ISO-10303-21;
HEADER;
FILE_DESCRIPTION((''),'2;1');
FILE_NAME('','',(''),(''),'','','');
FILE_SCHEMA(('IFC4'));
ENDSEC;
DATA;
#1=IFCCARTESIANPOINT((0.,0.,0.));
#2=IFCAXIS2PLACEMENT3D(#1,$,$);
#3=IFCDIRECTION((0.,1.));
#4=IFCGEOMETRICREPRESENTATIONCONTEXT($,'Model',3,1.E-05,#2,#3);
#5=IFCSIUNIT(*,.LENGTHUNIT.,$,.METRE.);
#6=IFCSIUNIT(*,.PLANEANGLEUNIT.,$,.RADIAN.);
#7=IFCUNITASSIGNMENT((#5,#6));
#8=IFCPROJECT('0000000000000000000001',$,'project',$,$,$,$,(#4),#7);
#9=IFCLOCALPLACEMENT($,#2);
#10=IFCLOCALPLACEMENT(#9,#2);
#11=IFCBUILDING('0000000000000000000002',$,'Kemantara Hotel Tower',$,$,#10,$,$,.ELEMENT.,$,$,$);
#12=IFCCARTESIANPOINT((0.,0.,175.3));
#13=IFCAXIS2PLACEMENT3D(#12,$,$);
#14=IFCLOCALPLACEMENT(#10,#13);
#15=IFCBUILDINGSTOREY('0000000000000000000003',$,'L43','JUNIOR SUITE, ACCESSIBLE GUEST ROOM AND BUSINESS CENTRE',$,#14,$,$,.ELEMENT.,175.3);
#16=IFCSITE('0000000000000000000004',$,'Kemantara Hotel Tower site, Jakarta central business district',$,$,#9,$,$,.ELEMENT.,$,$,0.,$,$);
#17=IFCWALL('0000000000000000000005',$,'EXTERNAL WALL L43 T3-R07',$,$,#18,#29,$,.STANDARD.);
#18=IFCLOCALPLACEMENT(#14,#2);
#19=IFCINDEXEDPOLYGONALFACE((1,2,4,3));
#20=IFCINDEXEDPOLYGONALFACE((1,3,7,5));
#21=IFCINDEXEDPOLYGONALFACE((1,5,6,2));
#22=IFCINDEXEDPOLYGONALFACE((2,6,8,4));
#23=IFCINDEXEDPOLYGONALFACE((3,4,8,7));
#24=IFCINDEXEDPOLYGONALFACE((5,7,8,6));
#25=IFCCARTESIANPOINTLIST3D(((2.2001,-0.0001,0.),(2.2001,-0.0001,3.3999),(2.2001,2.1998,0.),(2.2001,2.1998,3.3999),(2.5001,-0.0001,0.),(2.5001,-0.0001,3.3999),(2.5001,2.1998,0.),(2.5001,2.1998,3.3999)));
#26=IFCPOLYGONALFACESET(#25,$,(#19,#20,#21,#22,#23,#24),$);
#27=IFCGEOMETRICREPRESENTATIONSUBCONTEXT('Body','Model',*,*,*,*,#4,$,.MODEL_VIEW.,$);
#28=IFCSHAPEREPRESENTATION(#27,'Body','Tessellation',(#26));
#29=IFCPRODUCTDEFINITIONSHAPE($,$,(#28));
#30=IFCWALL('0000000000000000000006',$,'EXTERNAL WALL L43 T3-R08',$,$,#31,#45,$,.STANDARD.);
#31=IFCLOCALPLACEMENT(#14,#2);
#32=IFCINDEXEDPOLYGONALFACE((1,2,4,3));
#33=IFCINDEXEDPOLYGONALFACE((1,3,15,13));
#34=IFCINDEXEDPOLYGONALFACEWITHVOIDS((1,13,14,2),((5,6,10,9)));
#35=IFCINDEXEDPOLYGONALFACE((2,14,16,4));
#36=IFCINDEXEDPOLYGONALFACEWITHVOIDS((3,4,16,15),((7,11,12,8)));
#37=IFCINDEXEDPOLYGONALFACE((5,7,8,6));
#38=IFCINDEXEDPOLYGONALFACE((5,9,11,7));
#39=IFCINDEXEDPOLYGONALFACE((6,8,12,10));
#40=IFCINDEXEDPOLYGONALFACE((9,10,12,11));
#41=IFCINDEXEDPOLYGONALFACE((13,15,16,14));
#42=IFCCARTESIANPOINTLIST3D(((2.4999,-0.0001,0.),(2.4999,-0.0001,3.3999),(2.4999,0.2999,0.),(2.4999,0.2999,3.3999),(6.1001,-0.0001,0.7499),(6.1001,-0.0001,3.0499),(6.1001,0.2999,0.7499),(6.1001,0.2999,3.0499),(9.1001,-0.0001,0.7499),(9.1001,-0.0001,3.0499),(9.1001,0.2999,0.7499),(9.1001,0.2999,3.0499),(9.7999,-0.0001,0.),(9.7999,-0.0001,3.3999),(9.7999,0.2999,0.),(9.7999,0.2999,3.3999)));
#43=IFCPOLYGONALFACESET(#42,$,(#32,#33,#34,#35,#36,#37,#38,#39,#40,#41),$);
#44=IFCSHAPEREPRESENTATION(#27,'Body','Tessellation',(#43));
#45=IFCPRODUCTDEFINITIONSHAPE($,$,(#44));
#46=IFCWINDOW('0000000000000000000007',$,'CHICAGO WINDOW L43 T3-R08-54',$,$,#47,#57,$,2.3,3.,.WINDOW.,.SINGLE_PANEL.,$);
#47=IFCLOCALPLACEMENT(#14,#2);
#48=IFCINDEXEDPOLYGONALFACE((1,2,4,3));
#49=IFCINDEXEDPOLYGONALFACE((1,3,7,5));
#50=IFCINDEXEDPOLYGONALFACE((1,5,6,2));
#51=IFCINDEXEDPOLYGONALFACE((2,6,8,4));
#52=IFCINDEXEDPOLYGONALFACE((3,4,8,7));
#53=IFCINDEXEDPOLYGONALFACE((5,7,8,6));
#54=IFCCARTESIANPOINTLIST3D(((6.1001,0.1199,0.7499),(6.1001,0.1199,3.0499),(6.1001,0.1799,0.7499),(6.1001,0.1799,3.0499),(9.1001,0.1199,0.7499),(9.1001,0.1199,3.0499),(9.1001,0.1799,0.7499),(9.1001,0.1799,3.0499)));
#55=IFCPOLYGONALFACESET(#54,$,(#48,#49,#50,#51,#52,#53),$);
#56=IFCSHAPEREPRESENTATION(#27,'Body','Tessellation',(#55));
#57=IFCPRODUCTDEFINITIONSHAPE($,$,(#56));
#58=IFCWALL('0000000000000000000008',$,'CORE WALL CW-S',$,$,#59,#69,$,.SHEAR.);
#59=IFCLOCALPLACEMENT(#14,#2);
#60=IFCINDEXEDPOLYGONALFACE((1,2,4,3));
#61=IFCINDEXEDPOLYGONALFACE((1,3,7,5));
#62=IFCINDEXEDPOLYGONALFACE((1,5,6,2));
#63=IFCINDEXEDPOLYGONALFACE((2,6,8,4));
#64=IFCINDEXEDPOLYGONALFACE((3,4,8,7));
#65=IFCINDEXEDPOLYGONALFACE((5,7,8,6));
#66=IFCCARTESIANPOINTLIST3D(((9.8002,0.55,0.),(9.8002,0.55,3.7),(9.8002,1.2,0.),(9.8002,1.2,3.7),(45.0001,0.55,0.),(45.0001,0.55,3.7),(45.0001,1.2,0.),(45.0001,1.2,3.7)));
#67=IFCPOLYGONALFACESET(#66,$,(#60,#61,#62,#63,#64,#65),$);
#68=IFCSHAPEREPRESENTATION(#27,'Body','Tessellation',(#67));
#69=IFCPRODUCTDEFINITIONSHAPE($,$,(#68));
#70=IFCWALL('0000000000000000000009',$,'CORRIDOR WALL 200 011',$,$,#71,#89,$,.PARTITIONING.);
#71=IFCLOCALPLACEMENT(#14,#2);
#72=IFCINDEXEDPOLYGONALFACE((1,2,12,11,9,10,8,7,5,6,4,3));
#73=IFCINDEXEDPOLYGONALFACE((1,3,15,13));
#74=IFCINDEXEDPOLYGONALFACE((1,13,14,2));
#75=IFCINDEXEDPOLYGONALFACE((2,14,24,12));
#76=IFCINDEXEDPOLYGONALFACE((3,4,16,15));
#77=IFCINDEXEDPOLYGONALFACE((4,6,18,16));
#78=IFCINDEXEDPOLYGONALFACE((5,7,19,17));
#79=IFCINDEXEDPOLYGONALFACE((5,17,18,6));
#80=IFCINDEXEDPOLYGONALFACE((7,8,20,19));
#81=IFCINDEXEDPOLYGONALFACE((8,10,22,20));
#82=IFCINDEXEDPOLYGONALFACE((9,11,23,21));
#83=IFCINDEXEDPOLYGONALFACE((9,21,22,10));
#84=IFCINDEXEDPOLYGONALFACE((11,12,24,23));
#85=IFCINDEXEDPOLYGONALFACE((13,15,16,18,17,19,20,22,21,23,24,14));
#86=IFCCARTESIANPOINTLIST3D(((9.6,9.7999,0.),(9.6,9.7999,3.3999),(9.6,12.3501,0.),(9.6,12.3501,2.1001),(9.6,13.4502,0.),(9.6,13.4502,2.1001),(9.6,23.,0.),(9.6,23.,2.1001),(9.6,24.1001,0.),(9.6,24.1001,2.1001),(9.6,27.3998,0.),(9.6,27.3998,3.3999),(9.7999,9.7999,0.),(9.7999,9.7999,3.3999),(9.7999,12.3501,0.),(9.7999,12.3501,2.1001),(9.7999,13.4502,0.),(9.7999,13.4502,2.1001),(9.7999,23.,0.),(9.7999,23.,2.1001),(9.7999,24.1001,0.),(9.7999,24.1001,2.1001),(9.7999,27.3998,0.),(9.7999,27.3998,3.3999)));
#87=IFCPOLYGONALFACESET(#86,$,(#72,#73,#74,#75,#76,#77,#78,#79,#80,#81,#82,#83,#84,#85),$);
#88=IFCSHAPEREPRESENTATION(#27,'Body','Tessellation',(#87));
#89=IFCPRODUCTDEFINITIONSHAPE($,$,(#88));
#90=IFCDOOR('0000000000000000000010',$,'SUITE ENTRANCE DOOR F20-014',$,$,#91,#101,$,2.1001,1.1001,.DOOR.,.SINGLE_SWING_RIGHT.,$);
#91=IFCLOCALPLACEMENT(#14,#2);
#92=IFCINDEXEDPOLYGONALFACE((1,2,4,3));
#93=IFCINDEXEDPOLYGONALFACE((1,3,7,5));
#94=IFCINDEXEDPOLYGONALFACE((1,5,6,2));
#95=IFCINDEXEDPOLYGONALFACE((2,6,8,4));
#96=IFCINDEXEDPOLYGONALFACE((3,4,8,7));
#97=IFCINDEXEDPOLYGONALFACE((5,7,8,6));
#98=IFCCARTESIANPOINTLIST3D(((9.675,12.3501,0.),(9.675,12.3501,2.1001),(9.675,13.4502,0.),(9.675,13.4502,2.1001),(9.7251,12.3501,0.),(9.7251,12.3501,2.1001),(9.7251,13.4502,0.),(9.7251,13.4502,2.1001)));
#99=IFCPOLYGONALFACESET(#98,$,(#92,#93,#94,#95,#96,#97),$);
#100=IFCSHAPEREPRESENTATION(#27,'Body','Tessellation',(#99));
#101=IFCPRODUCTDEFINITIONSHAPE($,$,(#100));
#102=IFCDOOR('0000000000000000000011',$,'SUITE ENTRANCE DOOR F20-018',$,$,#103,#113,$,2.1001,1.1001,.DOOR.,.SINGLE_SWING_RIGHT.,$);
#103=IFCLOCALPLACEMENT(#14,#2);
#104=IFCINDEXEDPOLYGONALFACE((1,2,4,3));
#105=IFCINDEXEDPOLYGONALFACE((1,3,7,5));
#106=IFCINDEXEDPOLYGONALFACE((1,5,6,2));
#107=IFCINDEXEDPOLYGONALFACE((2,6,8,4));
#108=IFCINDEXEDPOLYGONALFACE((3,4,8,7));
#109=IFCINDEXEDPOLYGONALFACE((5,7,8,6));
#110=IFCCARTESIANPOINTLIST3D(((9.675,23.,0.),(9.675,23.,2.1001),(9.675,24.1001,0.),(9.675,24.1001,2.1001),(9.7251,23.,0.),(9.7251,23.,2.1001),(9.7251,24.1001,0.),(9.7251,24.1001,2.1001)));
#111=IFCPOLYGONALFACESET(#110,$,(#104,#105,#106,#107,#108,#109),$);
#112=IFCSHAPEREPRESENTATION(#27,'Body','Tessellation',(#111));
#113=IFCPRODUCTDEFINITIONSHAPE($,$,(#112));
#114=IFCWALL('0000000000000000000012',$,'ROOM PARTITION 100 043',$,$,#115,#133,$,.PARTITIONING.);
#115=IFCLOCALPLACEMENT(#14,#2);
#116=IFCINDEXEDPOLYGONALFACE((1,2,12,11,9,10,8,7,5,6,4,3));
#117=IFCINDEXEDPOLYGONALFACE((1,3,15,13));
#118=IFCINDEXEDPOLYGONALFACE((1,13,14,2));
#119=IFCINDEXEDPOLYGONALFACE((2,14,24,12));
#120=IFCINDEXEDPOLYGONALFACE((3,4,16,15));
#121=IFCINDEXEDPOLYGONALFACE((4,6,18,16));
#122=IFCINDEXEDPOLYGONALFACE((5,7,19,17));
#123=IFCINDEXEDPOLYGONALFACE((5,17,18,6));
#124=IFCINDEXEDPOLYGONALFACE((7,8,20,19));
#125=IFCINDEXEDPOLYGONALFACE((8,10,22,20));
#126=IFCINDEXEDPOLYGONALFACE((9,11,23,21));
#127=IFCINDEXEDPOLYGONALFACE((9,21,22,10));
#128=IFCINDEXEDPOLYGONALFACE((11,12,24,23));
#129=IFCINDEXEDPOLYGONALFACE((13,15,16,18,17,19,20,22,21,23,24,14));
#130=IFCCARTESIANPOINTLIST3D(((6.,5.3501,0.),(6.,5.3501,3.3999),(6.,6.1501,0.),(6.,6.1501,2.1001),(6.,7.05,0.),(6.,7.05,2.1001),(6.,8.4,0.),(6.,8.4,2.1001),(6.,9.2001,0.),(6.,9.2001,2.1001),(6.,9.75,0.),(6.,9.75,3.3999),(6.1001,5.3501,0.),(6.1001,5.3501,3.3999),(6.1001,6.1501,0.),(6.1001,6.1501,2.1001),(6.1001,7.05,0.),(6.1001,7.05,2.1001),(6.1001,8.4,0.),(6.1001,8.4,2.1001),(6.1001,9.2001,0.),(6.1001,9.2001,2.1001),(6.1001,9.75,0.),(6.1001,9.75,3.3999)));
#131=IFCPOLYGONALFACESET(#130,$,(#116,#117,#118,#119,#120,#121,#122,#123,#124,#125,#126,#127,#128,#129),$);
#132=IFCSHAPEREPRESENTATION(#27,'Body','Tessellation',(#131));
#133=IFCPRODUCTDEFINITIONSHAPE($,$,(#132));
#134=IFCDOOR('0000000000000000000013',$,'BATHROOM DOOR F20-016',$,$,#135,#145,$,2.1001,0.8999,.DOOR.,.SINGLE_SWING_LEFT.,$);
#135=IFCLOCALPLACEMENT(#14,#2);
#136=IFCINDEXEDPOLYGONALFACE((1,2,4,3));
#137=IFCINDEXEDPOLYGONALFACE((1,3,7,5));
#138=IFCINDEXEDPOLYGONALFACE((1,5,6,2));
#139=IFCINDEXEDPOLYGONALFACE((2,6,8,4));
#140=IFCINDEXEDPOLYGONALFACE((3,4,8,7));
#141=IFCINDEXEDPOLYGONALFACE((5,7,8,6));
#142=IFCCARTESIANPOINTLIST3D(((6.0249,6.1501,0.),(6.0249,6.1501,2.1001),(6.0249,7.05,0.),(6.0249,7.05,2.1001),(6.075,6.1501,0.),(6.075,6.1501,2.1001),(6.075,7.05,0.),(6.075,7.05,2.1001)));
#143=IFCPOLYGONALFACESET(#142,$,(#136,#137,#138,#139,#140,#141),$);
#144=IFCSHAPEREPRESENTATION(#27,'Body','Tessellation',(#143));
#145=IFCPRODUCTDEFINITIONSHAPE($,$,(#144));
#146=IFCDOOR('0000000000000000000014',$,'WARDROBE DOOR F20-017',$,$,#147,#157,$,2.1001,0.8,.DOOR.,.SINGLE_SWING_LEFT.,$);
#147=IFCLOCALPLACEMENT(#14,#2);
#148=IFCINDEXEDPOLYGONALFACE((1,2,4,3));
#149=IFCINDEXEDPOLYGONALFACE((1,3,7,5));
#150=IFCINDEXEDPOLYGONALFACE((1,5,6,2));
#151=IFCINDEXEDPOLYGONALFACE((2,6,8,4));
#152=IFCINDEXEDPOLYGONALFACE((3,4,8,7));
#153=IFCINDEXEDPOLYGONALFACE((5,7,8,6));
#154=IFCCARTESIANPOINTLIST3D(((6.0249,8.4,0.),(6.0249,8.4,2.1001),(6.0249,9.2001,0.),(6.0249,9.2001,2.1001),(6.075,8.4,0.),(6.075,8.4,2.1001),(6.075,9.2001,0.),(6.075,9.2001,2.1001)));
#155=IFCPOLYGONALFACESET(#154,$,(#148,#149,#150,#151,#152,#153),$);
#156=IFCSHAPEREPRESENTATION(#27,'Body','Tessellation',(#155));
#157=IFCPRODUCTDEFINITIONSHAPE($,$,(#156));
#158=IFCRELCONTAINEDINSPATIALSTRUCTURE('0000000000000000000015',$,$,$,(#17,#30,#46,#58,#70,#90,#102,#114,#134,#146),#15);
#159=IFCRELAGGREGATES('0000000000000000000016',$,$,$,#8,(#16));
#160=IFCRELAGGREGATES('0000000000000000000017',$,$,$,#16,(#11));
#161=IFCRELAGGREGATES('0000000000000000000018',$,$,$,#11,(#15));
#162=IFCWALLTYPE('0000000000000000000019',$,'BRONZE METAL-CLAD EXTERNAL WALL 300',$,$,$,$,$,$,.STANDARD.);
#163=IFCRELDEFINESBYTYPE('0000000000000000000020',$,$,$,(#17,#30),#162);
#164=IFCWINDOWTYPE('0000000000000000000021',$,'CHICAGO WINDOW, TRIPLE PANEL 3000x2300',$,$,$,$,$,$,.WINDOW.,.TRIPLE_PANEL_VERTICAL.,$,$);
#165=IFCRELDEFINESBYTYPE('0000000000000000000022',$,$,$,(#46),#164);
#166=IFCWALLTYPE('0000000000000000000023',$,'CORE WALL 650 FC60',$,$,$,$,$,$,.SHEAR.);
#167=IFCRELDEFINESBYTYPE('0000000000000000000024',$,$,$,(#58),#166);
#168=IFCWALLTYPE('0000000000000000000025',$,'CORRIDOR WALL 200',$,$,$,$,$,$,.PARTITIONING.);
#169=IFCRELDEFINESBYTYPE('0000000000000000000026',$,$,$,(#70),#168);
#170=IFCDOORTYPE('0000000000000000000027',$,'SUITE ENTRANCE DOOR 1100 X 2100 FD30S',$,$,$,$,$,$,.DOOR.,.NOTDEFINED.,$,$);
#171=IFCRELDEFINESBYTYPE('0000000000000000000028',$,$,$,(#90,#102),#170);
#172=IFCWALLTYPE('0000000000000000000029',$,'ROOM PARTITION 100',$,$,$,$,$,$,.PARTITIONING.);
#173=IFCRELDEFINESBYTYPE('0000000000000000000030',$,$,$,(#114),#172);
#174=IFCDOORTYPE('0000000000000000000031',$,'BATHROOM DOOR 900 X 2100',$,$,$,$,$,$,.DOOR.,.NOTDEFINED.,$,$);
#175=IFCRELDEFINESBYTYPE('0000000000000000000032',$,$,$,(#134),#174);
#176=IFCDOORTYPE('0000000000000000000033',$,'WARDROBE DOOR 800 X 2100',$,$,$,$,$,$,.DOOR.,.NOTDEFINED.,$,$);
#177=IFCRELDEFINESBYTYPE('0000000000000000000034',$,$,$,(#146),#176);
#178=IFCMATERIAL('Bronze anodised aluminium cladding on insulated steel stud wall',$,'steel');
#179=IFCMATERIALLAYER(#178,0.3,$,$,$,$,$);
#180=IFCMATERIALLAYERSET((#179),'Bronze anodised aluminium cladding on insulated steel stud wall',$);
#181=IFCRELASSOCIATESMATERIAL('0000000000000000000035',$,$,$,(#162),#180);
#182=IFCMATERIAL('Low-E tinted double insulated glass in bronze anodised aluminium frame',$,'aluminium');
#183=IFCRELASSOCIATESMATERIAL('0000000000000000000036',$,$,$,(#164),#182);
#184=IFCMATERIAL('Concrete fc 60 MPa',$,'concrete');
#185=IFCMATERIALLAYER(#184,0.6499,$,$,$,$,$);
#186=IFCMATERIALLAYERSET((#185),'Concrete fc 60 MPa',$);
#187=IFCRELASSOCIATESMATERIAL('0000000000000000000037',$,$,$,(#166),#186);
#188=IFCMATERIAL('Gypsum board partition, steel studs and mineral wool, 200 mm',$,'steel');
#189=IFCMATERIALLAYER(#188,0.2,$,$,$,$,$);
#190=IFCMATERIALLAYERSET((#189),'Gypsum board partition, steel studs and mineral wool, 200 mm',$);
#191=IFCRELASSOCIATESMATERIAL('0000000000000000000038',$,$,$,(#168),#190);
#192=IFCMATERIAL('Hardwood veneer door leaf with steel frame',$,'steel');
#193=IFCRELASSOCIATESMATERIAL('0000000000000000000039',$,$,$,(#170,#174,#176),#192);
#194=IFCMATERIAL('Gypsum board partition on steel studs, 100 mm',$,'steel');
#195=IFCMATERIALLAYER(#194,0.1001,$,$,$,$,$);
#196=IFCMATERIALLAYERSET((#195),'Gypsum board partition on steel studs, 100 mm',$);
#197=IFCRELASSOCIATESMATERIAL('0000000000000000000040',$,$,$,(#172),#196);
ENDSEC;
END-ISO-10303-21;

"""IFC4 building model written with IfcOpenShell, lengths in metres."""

from ifc_helpers import new_model, si_unit, direction, frame, frame_2d, origin, place, context, subcontext, project, spatial, rectangle, extrude, material, layer, layer_set, type_object, element, fill, save


model = new_model("IFC4")

# Units and contexts
model_context = context("Model", 3, precision=1e-05, world=origin(), true_north=direction((0.0, 1.0)))
body_context = subcontext(model_context, "Body", "Model", "MODEL_VIEW")
ifc_project = project(units=[si_unit("LENGTHUNIT", "METRE"), si_unit("PLANEANGLEUNIT", "RADIAN")], contexts=[model_context])

# Site, building, storey
site_placement = place(None, origin())
site = spatial("IfcSite", under=ifc_project, at=site_placement, Name="Kemantara Hotel Tower site, Jakarta central business district", CompositionType="ELEMENT", RefElevation=0.0)
building_placement = place(site_placement, origin())
building = spatial("IfcBuilding", under=site, at=building_placement, Name="Kemantara Hotel Tower", CompositionType="ELEMENT")
storey_placement = place(building_placement, frame((0.0, 0.0, 175.3)))
storey = spatial("IfcBuildingStorey", under=building, at=storey_placement, Name="L43", Description="JUNIOR SUITE, ACCESSIBLE GUEST ROOM AND BUSINESS CENTRE", CompositionType="ELEMENT", Elevation=175.3)

# Shared definitions
ifc_material_1 = material(Name="Concrete fc 60 MPa", Category="concrete")

# Wall
ifc_material_2 = material(Name="Bronze anodised aluminium cladding on insulated steel stud wall", Category="steel")
ifc_layer_1 = layer(ifc_material_2, 0.3)
ifc_layer_set_1 = layer_set([ifc_layer_1], Name="Bronze anodised aluminium cladding on insulated steel stud wall")
wall_type_1 = type_object("IfcWallType", Name="BRONZE METAL-CLAD EXTERNAL WALL 300", PredefinedType="STANDARD", material=ifc_layer_set_1)
for number, where, z_axis, x_axis, name in (
    (1, (2.3501, 2.2, 0.0), (0.0, 0.0, 1.0), (0.0, -1.0, 0.0), "EXTERNAL WALL L43 T3-R07"),
):
    element("IfcWall", number, at=place(storey_placement, frame(where, z_axis=z_axis, x_axis=x_axis)), inside=storey, type_object=wall_type_1, Name=name, PredefinedType="STANDARD", context=body_context, shape_type="SweptSolid", body=[
        extrude(rectangle(XDim=2.2, YDim=0.3, at=frame_2d((1.1001, 0.0))), origin(), (0.0, 0.0, 1.0), 3.3999),
    ])

# Wall, opening, window
wall_1_placement = place(storey_placement, frame((2.5, 0.1499, 0.0), z_axis=(0.0, 0.0, 1.0), x_axis=(1.0, 0.0, 0.0)))
wall_1 = element("IfcWall", 2, at=wall_1_placement, inside=storey, type_object=wall_type_1, Name="EXTERNAL WALL L43 T3-R08", PredefinedType="STANDARD", context=body_context, shape_type="SweptSolid", body=[
    extrude(rectangle(XDim=7.3, YDim=0.3, at=frame_2d((3.6499, 0.0))), origin(), (0.0, 0.0, 1.0), 3.3999),
])
opening_1_placement = place(wall_1_placement, frame((3.6001, 0.0, 0.75)))
opening_1 = element("IfcOpeningElement", 3, at=opening_1_placement, cuts=wall_1, PredefinedType="OPENING", context=body_context, shape_type="SweptSolid", body=[
    extrude(rectangle(XDim=3.0, YDim=2.3, at=frame_2d((1.5, 1.1499))), frame((0.0, 0.1599, 0.0), z_axis=(0.0, -1.0, 0.0), x_axis=(1.0, 0.0, 0.0)), (0.0, 0.0, 1.0), 0.3201),
])
ifc_material_3 = material(Name="Low-E tinted double insulated glass in bronze anodised aluminium frame", Category="aluminium")
window_type = type_object("IfcWindowType", Name="CHICAGO WINDOW, TRIPLE PANEL 3000x2300", PartitioningType="TRIPLE_PANEL_VERTICAL", PredefinedType="WINDOW", material=ifc_material_3)
window_placement = place(opening_1_placement, origin())
window = element("IfcWindow", 4, at=window_placement, inside=storey, type_object=window_type, Name="CHICAGO WINDOW L43 T3-R08-54", OverallHeight=2.3, OverallWidth=3.0, PartitioningType="SINGLE_PANEL", PredefinedType="WINDOW", context=body_context, shape_type="SweptSolid", body=[
    extrude(rectangle(XDim=3.0, YDim=2.3, at=frame_2d((1.5, 1.1499))), frame((0.0, 0.03, 0.0), z_axis=(0.0, -1.0, 0.0), x_axis=(1.0, 0.0, 0.0)), (0.0, 0.0, 1.0), 0.0601),
])
fill(opening_1, window)

# Wall
ifc_layer_2 = layer(ifc_material_1, 0.6499)
ifc_layer_set_2 = layer_set([ifc_layer_2], Name="Concrete fc 60 MPa")
wall_type_2 = type_object("IfcWallType", Name="CORE WALL 650 FC60", PredefinedType="SHEAR", material=ifc_layer_set_2)
wall_2_placement = place(storey_placement, frame((9.8, 0.875, 0.0), z_axis=(0.0, 0.0, 1.0), x_axis=(1.0, 0.0, 0.0)))
element("IfcWall", 5, at=wall_2_placement, inside=storey, type_object=wall_type_2, Name="CORE WALL CW-S", PredefinedType="SHEAR", context=body_context, shape_type="SweptSolid", body=[
    extrude(rectangle(XDim=35.2, YDim=0.6499, at=frame_2d((17.6001, 0.0))), origin(), (0.0, 0.0, 1.0), 3.7),
])

# Walls, openings, doors
ifc_material_4 = material(Name="Gypsum board partition, steel studs and mineral wool, 200 mm", Category="steel")
ifc_layer_3 = layer(ifc_material_4, 0.2)
ifc_layer_set_3 = layer_set([ifc_layer_3], Name="Gypsum board partition, steel studs and mineral wool, 200 mm")
wall_type_3 = type_object("IfcWallType", Name="CORRIDOR WALL 200", PredefinedType="PARTITIONING", material=ifc_layer_set_3)
wall_3_placement = place(storey_placement, frame((9.7, 9.8, 0.0), z_axis=(0.0, 0.0, 1.0), x_axis=(0.0, 1.0, 0.0)))
wall_3 = element("IfcWall", 6, at=wall_3_placement, inside=storey, type_object=wall_type_3, Name="CORRIDOR WALL 200 011", PredefinedType="PARTITIONING", context=body_context, shape_type="SweptSolid", body=[
    extrude(rectangle(XDim=17.5999, YDim=0.2, at=frame_2d((8.7998, 0.0))), origin(), (0.0, 0.0, 1.0), 3.3999),
])
opening_2_placement = place(wall_3_placement, frame((2.55, 0.0, 0.0)))
opening_2 = element("IfcOpeningElement", 7, at=opening_2_placement, cuts=wall_3, PredefinedType="OPENING", context=body_context, shape_type="SweptSolid", body=[
    extrude(rectangle(XDim=1.1001, YDim=2.1001, at=frame_2d((0.55, 1.05))), frame((0.0, 0.1099, 0.0), z_axis=(0.0, -1.0, 0.0), x_axis=(1.0, 0.0, 0.0)), (0.0, 0.0, 1.0), 0.22),
])
opening_3_placement = place(wall_3_placement, frame((13.2, 0.0, 0.0)))
opening_3 = element("IfcOpeningElement", 8, at=opening_3_placement, cuts=wall_3, PredefinedType="OPENING", context=body_context, shape_type="SweptSolid", body=[
    extrude(rectangle(XDim=1.1001, YDim=2.1001, at=frame_2d((0.55, 1.05))), frame((0.0, 0.1099, 0.0), z_axis=(0.0, -1.0, 0.0), x_axis=(1.0, 0.0, 0.0)), (0.0, 0.0, 1.0), 0.22),
])
ifc_material_5 = material(Name="Hardwood veneer door leaf with steel frame", Category="steel")
door_type_1 = type_object("IfcDoorType", Name="SUITE ENTRANCE DOOR 1100 X 2100 FD30S", OperationType="NOTDEFINED", PredefinedType="DOOR", material=ifc_material_5)
door_1_placement = place(opening_2_placement, origin())
door_1 = element("IfcDoor", 9, at=door_1_placement, inside=storey, type_object=door_type_1, Name="SUITE ENTRANCE DOOR F20-014", OperationType="SINGLE_SWING_RIGHT", OverallHeight=2.1001, OverallWidth=1.1001, PredefinedType="DOOR", context=body_context, shape_type="SweptSolid", body=[
    extrude(rectangle(XDim=1.1001, YDim=2.1001, at=frame_2d((0.55, 1.05))), frame((0.0, 0.0249, 0.0), z_axis=(0.0, -1.0, 0.0), x_axis=(1.0, 0.0, 0.0)), (0.0, 0.0, 1.0), 0.05),
])
fill(opening_2, door_1)
door_2_placement = place(opening_3_placement, origin())
door_2 = element("IfcDoor", 10, at=door_2_placement, inside=storey, type_object=door_type_1, Name="SUITE ENTRANCE DOOR F20-018", OperationType="SINGLE_SWING_RIGHT", OverallHeight=2.1001, OverallWidth=1.1001, PredefinedType="DOOR", context=body_context, shape_type="SweptSolid", body=[
    extrude(rectangle(XDim=1.1001, YDim=2.1001, at=frame_2d((0.55, 1.05))), frame((0.0, 0.0249, 0.0), z_axis=(0.0, -1.0, 0.0), x_axis=(1.0, 0.0, 0.0)), (0.0, 0.0, 1.0), 0.05),
])
fill(opening_3, door_2)
ifc_material_6 = material(Name="Gypsum board partition on steel studs, 100 mm", Category="steel")
ifc_layer_4 = layer(ifc_material_6, 0.1001)
ifc_layer_set_4 = layer_set([ifc_layer_4], Name="Gypsum board partition on steel studs, 100 mm")
wall_type_4 = type_object("IfcWallType", Name="ROOM PARTITION 100", PredefinedType="PARTITIONING", material=ifc_layer_set_4)
wall_4_placement = place(storey_placement, frame((6.05, 9.75, 0.0), z_axis=(0.0, 0.0, 1.0), x_axis=(0.0, -1.0, 0.0)))
wall_4 = element("IfcWall", 11, at=wall_4_placement, inside=storey, type_object=wall_type_4, Name="ROOM PARTITION 100 043", PredefinedType="PARTITIONING", context=body_context, shape_type="SweptSolid", body=[
    extrude(rectangle(XDim=4.3999, YDim=0.1001, at=frame_2d((2.2, 0.0))), origin(), (0.0, 0.0, 1.0), 3.3999),
])
opening_4_placement = place(wall_4_placement, frame((2.7, 0.0, 0.0)))
opening_4 = element("IfcOpeningElement", 12, at=opening_4_placement, cuts=wall_4, PredefinedType="OPENING", context=body_context, shape_type="SweptSolid", body=[
    extrude(rectangle(XDim=0.8999, YDim=2.1001, at=frame_2d((0.45, 1.05))), frame((0.0, 0.0601, 0.0), z_axis=(0.0, -1.0, 0.0), x_axis=(1.0, 0.0, 0.0)), (0.0, 0.0, 1.0), 0.1201),
])
opening_5_placement = place(wall_4_placement, frame((0.55, 0.0, 0.0)))
opening_5 = element("IfcOpeningElement", 13, at=opening_5_placement, cuts=wall_4, PredefinedType="OPENING", context=body_context, shape_type="SweptSolid", body=[
    extrude(rectangle(XDim=0.8, YDim=2.1001, at=frame_2d((0.3999, 1.05))), frame((0.0, 0.0601, 0.0), z_axis=(0.0, -1.0, 0.0), x_axis=(1.0, 0.0, 0.0)), (0.0, 0.0, 1.0), 0.1201),
])
door_type_2 = type_object("IfcDoorType", Name="BATHROOM DOOR 900 X 2100", OperationType="NOTDEFINED", PredefinedType="DOOR", material=ifc_material_5)
door_3_placement = place(opening_4_placement, origin())
door_3 = element("IfcDoor", 14, at=door_3_placement, inside=storey, type_object=door_type_2, Name="BATHROOM DOOR F20-016", OperationType="SINGLE_SWING_LEFT", OverallHeight=2.1001, OverallWidth=0.8999, PredefinedType="DOOR", context=body_context, shape_type="SweptSolid", body=[
    extrude(rectangle(XDim=0.8999, YDim=2.1001, at=frame_2d((0.45, 1.05))), frame((0.0, 0.0249, 0.0), z_axis=(0.0, -1.0, 0.0), x_axis=(1.0, 0.0, 0.0)), (0.0, 0.0, 1.0), 0.05),
])
fill(opening_4, door_3)
door_type_3 = type_object("IfcDoorType", Name="WARDROBE DOOR 800 X 2100", OperationType="NOTDEFINED", PredefinedType="DOOR", material=ifc_material_5)
door_4_placement = place(opening_5_placement, origin())
door_4 = element("IfcDoor", 15, at=door_4_placement, inside=storey, type_object=door_type_3, Name="WARDROBE DOOR F20-017", OperationType="SINGLE_SWING_LEFT", OverallHeight=2.1001, OverallWidth=0.8, PredefinedType="DOOR", context=body_context, shape_type="SweptSolid", body=[
    extrude(rectangle(XDim=0.8, YDim=2.1001, at=frame_2d((0.3999, 1.05))), frame((0.0, 0.0249, 0.0), z_axis=(0.0, -1.0, 0.0), x_axis=(1.0, 0.0, 0.0)), (0.0, 0.0, 1.0), 0.05),
])
fill(opening_5, door_4)

save(model, "model.ifc")
